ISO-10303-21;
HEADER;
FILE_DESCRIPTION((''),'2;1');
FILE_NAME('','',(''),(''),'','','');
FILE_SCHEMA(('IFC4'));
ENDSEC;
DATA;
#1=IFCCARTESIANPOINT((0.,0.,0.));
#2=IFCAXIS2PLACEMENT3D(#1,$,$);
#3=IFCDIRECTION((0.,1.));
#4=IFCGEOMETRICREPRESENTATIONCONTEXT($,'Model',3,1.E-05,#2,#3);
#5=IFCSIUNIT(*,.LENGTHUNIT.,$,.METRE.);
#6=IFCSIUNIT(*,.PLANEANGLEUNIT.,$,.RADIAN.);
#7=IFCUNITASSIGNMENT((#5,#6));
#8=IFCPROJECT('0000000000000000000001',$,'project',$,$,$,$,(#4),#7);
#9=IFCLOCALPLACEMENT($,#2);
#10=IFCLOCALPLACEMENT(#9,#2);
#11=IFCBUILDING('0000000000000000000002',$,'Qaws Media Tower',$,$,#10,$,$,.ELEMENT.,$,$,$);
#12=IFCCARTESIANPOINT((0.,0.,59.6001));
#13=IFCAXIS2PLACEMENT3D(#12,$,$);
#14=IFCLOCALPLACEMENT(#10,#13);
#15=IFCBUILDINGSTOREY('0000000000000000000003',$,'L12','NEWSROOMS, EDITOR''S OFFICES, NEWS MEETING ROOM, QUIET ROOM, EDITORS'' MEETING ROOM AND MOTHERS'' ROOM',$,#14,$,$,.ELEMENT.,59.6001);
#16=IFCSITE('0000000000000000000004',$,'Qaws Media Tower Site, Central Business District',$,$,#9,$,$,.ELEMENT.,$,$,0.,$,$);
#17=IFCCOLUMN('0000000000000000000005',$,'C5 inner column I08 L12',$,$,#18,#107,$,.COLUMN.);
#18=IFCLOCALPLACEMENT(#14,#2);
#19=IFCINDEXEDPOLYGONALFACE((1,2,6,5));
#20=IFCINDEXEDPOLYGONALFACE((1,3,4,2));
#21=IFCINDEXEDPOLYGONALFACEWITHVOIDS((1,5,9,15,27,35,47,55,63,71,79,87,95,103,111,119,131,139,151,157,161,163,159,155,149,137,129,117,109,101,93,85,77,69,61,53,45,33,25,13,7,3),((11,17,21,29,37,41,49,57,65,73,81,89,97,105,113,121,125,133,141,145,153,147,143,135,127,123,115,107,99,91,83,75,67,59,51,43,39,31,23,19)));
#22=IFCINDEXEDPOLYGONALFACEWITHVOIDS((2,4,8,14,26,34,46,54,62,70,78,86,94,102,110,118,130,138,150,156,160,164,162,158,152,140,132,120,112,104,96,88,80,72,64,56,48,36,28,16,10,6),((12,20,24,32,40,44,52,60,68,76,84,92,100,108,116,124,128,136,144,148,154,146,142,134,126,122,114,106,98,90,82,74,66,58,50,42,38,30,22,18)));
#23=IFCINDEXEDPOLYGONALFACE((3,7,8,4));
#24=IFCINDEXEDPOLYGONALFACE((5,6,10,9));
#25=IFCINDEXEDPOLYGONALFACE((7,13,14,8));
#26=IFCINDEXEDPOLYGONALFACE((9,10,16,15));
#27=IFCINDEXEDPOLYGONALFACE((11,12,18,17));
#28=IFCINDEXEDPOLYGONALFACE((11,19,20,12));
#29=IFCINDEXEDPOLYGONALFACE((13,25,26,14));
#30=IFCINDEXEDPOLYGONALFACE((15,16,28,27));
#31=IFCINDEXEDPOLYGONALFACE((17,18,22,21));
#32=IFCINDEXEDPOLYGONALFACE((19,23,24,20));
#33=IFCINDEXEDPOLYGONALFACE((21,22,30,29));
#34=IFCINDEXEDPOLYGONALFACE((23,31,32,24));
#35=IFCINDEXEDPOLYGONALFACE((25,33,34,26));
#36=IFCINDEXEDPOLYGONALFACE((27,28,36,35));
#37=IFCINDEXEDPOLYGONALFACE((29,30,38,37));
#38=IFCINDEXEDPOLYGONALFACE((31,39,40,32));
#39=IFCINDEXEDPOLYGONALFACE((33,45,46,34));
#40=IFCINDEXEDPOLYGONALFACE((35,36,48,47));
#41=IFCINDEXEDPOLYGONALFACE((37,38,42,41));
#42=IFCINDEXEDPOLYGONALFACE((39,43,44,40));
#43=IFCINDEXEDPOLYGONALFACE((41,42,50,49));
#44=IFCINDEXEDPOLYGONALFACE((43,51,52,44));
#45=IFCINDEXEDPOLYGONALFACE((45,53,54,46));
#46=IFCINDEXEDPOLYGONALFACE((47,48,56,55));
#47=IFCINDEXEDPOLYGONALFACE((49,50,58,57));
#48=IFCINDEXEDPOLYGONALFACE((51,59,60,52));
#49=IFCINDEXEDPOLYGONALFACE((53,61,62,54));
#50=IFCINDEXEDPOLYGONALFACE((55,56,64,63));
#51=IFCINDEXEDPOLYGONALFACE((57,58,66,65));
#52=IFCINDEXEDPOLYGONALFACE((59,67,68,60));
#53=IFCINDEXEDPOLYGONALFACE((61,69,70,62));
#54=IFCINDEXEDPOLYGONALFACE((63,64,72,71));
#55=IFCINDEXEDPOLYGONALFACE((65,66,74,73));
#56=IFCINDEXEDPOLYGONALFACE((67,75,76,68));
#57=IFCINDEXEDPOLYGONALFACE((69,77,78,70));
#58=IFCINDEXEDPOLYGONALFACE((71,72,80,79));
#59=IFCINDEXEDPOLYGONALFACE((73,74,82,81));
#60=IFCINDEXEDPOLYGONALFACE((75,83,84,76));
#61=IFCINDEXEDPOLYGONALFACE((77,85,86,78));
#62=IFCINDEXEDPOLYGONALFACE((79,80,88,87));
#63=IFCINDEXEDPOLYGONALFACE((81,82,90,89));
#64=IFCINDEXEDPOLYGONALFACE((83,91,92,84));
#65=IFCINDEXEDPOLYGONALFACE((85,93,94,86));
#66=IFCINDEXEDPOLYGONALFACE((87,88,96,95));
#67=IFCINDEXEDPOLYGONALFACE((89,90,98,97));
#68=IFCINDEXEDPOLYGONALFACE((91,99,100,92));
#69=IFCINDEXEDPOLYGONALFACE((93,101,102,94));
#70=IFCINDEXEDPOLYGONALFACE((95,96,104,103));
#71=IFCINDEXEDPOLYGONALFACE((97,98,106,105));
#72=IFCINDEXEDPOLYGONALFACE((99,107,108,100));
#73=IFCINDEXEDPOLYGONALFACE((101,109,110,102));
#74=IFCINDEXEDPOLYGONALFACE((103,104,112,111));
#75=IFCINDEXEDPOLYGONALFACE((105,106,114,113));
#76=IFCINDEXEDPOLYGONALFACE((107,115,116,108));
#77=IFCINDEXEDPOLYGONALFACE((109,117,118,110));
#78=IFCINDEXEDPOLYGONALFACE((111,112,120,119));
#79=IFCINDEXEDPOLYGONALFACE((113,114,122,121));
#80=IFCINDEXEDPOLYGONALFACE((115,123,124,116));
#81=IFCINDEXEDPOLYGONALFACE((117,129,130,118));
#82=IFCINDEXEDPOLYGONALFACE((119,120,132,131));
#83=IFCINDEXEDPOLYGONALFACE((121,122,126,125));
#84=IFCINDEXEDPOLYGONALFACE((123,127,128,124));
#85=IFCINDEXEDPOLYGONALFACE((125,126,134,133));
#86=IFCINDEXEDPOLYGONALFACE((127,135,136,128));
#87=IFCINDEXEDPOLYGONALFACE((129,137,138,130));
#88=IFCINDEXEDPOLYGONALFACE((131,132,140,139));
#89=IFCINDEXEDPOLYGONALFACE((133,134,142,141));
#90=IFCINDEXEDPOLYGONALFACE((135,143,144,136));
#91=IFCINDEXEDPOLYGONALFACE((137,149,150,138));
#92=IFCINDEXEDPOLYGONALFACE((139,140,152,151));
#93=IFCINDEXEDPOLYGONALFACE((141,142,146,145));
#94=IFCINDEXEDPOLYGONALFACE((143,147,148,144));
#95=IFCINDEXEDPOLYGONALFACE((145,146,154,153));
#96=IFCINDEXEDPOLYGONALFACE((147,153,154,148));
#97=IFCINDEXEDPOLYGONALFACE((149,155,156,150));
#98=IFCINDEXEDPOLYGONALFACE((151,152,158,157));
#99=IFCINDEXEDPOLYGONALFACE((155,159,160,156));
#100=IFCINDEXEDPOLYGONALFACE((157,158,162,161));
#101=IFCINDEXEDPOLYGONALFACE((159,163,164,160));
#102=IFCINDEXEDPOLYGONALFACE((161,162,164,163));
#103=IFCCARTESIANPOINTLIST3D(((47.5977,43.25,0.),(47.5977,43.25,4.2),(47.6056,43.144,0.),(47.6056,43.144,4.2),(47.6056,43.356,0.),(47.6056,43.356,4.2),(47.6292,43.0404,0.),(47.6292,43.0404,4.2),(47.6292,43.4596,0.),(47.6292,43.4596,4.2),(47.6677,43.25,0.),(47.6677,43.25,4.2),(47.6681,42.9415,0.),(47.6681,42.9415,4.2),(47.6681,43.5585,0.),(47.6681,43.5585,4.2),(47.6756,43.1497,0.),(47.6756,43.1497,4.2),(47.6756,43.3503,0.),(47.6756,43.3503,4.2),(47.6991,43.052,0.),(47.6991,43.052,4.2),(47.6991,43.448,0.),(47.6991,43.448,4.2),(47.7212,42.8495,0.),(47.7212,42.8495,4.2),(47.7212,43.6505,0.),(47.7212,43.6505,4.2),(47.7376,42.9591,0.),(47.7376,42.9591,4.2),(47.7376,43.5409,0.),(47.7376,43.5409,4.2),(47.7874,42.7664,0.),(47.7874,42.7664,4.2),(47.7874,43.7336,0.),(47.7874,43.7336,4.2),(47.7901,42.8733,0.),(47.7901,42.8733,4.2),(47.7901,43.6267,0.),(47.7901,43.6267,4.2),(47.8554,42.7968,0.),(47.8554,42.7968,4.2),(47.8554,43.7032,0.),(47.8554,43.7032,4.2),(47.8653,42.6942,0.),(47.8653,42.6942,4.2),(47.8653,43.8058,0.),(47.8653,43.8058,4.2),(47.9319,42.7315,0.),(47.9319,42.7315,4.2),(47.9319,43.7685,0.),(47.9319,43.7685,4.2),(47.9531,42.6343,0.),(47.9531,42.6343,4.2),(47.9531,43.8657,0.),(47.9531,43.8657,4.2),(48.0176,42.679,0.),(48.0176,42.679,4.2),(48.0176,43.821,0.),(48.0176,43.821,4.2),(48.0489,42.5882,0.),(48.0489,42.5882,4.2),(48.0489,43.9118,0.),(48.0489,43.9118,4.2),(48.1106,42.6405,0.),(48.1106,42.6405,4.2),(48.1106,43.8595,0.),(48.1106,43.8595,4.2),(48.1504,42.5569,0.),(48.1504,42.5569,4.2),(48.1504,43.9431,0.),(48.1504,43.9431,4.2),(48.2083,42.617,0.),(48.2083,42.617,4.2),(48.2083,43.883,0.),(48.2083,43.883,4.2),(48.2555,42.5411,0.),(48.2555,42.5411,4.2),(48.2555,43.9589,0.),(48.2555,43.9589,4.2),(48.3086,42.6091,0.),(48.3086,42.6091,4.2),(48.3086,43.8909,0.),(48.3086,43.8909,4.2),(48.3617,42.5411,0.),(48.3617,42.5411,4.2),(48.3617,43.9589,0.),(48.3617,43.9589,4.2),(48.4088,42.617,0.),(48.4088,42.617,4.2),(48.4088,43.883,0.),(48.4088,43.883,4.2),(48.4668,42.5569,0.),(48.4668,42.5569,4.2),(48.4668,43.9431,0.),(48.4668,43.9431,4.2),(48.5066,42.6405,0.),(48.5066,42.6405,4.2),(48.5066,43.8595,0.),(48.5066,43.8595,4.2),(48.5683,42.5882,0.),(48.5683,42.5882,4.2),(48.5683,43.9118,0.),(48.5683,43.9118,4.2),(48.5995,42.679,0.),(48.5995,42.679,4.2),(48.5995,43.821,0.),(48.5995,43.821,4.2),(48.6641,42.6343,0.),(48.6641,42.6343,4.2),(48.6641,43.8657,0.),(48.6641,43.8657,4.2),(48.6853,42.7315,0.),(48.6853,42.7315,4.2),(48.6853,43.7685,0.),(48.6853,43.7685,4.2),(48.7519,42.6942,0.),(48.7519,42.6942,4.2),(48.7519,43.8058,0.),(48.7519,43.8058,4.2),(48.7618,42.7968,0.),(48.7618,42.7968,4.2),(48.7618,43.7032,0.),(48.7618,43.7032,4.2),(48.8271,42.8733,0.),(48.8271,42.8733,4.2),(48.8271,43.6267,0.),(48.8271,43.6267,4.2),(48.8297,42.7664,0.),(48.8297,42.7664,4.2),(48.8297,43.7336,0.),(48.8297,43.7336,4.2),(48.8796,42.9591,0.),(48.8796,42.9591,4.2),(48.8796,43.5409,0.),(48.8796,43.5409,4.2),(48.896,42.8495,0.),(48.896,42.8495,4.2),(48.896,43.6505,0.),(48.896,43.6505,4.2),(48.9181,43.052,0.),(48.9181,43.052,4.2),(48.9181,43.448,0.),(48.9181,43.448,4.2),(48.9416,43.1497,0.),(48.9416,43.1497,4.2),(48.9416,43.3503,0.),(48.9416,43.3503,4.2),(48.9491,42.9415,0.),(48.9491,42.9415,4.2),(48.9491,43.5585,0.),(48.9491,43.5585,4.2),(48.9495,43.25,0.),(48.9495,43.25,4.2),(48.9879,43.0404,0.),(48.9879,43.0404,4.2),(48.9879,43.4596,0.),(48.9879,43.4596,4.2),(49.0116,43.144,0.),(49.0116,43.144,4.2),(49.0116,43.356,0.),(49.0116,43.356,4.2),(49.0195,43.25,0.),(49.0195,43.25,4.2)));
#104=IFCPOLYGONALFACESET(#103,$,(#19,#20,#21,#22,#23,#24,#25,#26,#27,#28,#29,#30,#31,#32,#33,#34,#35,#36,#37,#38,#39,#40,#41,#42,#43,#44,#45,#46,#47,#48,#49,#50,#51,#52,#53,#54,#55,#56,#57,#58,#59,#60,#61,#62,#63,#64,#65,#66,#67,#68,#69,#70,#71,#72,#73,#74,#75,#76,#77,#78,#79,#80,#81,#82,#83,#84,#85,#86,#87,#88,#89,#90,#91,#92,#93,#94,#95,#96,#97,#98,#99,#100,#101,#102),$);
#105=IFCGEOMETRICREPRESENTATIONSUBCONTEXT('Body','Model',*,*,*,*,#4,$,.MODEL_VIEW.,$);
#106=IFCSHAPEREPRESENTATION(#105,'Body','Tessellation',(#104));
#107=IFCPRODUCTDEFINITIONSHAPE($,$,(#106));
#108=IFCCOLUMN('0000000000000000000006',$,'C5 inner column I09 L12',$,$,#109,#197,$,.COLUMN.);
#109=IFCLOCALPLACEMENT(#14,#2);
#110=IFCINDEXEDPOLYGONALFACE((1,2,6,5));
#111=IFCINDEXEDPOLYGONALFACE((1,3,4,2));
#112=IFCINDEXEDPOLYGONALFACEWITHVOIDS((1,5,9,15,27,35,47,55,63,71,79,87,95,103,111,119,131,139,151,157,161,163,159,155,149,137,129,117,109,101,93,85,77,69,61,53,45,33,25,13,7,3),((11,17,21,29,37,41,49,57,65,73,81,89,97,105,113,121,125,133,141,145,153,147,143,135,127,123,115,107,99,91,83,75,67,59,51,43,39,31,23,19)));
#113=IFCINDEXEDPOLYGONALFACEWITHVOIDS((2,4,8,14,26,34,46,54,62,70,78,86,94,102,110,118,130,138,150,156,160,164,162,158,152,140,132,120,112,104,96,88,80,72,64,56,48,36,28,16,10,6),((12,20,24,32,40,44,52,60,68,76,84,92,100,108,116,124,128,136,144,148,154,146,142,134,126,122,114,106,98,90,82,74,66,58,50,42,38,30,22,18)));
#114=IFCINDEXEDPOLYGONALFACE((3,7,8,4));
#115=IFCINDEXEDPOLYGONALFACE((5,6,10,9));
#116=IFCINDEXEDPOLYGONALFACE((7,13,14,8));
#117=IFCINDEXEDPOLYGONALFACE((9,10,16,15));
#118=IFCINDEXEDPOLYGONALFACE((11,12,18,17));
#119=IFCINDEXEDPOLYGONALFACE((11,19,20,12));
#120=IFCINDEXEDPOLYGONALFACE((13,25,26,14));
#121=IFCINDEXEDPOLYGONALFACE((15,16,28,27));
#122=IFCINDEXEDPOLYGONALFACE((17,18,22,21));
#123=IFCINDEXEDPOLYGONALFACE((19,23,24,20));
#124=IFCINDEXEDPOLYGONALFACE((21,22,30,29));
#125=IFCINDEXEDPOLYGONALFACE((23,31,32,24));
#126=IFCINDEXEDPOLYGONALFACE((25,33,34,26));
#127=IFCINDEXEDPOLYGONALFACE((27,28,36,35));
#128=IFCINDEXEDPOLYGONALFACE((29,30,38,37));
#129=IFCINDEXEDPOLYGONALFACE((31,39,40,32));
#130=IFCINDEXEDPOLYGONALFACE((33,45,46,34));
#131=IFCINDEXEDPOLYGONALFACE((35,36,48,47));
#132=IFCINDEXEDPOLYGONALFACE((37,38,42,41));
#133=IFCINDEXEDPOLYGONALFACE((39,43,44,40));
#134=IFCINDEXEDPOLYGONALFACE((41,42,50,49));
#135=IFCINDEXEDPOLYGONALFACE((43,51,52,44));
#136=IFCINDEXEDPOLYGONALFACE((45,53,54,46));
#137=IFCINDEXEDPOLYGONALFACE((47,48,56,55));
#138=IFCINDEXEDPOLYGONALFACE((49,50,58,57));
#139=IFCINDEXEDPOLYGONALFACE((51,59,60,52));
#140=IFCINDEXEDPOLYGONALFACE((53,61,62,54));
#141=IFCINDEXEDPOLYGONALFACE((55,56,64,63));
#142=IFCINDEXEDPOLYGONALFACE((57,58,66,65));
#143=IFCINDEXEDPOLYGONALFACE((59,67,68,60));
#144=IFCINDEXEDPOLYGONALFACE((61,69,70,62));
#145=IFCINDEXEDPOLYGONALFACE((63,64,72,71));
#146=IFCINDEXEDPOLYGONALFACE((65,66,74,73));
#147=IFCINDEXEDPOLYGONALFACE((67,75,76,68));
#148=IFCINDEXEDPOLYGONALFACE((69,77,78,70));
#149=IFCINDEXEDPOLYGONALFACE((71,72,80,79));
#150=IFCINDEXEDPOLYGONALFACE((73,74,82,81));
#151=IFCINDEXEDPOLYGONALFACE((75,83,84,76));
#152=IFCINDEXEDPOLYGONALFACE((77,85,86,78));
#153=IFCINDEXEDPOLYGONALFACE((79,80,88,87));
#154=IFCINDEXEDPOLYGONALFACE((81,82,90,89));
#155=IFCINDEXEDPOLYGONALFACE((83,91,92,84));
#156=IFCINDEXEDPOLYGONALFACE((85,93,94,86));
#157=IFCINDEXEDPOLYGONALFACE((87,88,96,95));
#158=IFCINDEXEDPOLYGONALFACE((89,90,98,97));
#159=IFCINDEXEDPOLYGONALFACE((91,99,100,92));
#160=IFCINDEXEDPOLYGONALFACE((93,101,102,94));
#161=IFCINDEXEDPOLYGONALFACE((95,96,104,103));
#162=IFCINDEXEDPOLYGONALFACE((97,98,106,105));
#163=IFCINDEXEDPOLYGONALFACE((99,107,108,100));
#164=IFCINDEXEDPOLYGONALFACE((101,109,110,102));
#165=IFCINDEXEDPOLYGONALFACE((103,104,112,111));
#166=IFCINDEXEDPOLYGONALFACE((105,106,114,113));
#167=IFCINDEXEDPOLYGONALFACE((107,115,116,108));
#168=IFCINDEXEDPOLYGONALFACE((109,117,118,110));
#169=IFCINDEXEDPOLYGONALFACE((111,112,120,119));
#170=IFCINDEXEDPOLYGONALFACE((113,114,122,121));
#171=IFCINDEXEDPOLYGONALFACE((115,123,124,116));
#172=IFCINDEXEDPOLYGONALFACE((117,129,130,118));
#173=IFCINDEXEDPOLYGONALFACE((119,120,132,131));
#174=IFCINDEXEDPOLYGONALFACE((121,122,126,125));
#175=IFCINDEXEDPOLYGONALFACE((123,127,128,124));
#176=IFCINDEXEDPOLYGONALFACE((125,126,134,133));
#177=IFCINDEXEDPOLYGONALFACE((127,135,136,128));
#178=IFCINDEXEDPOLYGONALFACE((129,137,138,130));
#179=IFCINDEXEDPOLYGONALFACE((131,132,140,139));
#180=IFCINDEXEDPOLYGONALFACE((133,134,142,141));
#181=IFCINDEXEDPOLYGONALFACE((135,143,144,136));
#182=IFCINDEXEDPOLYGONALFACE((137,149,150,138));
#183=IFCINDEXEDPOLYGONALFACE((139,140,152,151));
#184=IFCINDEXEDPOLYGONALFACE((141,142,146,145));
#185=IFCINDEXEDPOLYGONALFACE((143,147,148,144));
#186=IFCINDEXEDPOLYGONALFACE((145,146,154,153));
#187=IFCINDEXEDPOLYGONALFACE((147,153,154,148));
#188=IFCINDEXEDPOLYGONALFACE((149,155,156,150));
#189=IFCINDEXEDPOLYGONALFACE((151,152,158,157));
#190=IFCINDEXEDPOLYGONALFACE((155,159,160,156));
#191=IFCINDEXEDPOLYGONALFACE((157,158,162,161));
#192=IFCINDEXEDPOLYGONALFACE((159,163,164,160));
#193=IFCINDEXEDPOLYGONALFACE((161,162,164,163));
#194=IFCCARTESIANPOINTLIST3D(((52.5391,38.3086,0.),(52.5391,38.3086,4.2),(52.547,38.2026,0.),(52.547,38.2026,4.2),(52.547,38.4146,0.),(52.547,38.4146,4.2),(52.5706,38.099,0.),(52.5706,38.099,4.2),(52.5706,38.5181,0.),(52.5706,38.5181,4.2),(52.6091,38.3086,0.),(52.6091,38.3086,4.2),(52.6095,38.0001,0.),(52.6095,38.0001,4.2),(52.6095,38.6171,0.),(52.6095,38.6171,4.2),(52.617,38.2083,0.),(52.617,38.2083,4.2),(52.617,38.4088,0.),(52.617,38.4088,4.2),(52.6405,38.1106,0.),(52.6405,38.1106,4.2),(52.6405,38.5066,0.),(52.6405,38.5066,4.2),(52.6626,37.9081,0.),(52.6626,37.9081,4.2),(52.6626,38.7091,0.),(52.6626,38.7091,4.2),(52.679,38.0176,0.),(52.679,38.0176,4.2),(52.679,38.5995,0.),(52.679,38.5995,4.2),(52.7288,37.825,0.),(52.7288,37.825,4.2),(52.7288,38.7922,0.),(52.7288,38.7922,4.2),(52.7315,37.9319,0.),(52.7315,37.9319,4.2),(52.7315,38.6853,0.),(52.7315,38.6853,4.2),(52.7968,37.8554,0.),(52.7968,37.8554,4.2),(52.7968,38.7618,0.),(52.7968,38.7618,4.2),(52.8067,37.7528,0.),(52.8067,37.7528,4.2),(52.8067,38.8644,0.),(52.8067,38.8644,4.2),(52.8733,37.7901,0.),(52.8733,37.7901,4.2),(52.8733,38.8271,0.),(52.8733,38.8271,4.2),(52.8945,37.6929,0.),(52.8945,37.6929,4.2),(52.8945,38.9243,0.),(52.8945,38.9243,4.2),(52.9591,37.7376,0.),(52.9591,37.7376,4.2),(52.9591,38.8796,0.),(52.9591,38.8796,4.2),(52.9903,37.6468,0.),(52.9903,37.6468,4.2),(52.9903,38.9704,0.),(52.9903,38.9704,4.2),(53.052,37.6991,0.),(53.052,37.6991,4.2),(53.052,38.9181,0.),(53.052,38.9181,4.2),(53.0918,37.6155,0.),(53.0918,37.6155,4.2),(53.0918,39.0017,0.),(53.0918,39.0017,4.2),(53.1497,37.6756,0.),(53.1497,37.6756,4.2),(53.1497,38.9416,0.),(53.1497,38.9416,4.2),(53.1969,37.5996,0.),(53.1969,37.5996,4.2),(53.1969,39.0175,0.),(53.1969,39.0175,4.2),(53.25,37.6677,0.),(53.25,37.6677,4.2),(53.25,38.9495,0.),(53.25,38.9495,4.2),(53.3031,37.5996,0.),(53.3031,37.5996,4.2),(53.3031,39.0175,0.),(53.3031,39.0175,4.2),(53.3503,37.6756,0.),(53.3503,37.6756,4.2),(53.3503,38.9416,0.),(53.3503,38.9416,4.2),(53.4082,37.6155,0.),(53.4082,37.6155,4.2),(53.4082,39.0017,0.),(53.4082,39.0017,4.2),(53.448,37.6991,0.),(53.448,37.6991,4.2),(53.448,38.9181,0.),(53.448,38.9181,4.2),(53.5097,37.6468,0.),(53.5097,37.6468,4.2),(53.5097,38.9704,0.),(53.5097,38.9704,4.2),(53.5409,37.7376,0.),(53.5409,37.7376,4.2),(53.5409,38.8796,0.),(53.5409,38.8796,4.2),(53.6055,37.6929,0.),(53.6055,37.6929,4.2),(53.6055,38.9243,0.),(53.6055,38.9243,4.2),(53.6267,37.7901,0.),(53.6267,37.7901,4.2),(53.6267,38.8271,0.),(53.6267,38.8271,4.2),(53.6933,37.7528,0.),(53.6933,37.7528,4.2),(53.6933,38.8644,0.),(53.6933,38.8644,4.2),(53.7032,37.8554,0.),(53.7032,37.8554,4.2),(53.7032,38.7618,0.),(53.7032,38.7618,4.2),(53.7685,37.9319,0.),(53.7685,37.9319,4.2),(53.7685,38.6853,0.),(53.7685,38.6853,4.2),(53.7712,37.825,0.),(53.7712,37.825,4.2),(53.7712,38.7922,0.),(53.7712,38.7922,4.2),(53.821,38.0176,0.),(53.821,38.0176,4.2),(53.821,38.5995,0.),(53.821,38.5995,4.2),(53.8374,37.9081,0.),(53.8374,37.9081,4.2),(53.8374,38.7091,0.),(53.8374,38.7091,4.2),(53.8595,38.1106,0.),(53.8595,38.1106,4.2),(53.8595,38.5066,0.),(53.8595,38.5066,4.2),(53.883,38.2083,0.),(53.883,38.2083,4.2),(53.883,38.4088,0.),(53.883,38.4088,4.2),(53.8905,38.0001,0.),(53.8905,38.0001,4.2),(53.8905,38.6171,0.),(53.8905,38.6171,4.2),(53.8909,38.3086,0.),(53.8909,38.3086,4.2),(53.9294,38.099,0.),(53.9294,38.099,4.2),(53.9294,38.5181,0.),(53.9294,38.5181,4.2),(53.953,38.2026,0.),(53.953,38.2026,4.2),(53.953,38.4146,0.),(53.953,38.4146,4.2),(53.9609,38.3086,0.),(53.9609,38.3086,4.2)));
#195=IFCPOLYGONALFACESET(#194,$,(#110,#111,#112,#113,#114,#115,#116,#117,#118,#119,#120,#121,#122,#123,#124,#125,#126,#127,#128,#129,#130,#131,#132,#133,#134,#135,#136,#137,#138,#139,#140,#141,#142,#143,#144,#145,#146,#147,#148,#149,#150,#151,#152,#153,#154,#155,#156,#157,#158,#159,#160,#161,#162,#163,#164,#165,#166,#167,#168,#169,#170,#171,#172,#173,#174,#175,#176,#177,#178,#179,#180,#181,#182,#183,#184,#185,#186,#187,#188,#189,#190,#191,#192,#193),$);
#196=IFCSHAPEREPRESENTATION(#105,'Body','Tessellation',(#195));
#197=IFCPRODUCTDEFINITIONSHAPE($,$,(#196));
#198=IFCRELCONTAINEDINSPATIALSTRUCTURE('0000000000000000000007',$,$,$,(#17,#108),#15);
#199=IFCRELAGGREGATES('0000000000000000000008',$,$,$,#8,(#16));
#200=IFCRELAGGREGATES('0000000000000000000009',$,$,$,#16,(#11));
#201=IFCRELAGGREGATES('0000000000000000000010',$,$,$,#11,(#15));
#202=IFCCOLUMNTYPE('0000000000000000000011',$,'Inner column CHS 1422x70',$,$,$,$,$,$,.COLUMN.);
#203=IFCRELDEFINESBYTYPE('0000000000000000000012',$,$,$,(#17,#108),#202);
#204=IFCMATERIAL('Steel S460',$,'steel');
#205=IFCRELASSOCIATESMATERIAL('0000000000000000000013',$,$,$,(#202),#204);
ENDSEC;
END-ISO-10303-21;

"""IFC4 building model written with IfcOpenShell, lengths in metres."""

from ifc_helpers import new_model, si_unit, direction, frame, origin, origin_2d, place, context, subcontext, project, spatial, hollow_circle, extrude, material, material_profile, profile_set, type_object, element, save


model = new_model("IFC4")

# Units and contexts
model_context = context("Model", 3, precision=1e-05, world=origin(), true_north=direction((0.0, 1.0)))
body_context = subcontext(model_context, "Body", "Model", "MODEL_VIEW")
ifc_project = project(units=[si_unit("LENGTHUNIT", "METRE"), si_unit("PLANEANGLEUNIT", "RADIAN")], contexts=[model_context])

# Site, building, storey
site_placement = place(None, origin())
site = spatial("IfcSite", under=ifc_project, at=site_placement, Name="Qaws Media Tower Site, Central Business District", CompositionType="ELEMENT", RefElevation=0.0)
building_placement = place(site_placement, origin())
building = spatial("IfcBuilding", under=site, at=building_placement, Name="Qaws Media Tower", CompositionType="ELEMENT")
storey_placement = place(building_placement, frame((0.0, 0.0, 59.6001)))
storey = spatial("IfcBuildingStorey", under=building, at=storey_placement, Name="L12", Description="NEWSROOMS, EDITOR'S OFFICES, NEWS MEETING ROOM, QUIET ROOM, EDITORS' MEETING ROOM AND MOTHERS' ROOM", CompositionType="ELEMENT", Elevation=59.6001)

# Columns
ifc_material_1 = material(Name="Steel S460", Category="steel")
ifc_material_profile_1 = material_profile(ifc_material_1, hollow_circle(Radius=0.7109, WallThickness=0.0701, at=origin_2d()), Name="CHS 1422x70")
ifc_profile_set_1 = profile_set([ifc_material_profile_1], Name="Steel S460")
column_type = type_object("IfcColumnType", Name="Inner column CHS 1422x70", PredefinedType="COLUMN", material=ifc_profile_set_1)
for number, where, z_axis, x_axis, name in (
    (1, (48.3086, 43.25, 0.0), (0.0, 0.0, 1.0), (1.0, 0.0, 0.0), "C5 inner column I08 L12"),
    (2, (53.25, 38.3086, 0.0), (0.0, 0.0, 1.0), (1.0, 0.0, 0.0), "C5 inner column I09 L12"),
):
    element("IfcColumn", number, at=place(storey_placement, frame(where, z_axis=z_axis, x_axis=x_axis)), inside=storey, type_object=column_type, Name=name, PredefinedType="COLUMN", context=body_context, shape_type="SweptSolid", body=[
        extrude(hollow_circle(Radius=0.7109, WallThickness=0.0701, at=origin_2d()), origin(), (0.0, 0.0, 1.0), 4.2),
    ])

save(model, "model.ifc")
